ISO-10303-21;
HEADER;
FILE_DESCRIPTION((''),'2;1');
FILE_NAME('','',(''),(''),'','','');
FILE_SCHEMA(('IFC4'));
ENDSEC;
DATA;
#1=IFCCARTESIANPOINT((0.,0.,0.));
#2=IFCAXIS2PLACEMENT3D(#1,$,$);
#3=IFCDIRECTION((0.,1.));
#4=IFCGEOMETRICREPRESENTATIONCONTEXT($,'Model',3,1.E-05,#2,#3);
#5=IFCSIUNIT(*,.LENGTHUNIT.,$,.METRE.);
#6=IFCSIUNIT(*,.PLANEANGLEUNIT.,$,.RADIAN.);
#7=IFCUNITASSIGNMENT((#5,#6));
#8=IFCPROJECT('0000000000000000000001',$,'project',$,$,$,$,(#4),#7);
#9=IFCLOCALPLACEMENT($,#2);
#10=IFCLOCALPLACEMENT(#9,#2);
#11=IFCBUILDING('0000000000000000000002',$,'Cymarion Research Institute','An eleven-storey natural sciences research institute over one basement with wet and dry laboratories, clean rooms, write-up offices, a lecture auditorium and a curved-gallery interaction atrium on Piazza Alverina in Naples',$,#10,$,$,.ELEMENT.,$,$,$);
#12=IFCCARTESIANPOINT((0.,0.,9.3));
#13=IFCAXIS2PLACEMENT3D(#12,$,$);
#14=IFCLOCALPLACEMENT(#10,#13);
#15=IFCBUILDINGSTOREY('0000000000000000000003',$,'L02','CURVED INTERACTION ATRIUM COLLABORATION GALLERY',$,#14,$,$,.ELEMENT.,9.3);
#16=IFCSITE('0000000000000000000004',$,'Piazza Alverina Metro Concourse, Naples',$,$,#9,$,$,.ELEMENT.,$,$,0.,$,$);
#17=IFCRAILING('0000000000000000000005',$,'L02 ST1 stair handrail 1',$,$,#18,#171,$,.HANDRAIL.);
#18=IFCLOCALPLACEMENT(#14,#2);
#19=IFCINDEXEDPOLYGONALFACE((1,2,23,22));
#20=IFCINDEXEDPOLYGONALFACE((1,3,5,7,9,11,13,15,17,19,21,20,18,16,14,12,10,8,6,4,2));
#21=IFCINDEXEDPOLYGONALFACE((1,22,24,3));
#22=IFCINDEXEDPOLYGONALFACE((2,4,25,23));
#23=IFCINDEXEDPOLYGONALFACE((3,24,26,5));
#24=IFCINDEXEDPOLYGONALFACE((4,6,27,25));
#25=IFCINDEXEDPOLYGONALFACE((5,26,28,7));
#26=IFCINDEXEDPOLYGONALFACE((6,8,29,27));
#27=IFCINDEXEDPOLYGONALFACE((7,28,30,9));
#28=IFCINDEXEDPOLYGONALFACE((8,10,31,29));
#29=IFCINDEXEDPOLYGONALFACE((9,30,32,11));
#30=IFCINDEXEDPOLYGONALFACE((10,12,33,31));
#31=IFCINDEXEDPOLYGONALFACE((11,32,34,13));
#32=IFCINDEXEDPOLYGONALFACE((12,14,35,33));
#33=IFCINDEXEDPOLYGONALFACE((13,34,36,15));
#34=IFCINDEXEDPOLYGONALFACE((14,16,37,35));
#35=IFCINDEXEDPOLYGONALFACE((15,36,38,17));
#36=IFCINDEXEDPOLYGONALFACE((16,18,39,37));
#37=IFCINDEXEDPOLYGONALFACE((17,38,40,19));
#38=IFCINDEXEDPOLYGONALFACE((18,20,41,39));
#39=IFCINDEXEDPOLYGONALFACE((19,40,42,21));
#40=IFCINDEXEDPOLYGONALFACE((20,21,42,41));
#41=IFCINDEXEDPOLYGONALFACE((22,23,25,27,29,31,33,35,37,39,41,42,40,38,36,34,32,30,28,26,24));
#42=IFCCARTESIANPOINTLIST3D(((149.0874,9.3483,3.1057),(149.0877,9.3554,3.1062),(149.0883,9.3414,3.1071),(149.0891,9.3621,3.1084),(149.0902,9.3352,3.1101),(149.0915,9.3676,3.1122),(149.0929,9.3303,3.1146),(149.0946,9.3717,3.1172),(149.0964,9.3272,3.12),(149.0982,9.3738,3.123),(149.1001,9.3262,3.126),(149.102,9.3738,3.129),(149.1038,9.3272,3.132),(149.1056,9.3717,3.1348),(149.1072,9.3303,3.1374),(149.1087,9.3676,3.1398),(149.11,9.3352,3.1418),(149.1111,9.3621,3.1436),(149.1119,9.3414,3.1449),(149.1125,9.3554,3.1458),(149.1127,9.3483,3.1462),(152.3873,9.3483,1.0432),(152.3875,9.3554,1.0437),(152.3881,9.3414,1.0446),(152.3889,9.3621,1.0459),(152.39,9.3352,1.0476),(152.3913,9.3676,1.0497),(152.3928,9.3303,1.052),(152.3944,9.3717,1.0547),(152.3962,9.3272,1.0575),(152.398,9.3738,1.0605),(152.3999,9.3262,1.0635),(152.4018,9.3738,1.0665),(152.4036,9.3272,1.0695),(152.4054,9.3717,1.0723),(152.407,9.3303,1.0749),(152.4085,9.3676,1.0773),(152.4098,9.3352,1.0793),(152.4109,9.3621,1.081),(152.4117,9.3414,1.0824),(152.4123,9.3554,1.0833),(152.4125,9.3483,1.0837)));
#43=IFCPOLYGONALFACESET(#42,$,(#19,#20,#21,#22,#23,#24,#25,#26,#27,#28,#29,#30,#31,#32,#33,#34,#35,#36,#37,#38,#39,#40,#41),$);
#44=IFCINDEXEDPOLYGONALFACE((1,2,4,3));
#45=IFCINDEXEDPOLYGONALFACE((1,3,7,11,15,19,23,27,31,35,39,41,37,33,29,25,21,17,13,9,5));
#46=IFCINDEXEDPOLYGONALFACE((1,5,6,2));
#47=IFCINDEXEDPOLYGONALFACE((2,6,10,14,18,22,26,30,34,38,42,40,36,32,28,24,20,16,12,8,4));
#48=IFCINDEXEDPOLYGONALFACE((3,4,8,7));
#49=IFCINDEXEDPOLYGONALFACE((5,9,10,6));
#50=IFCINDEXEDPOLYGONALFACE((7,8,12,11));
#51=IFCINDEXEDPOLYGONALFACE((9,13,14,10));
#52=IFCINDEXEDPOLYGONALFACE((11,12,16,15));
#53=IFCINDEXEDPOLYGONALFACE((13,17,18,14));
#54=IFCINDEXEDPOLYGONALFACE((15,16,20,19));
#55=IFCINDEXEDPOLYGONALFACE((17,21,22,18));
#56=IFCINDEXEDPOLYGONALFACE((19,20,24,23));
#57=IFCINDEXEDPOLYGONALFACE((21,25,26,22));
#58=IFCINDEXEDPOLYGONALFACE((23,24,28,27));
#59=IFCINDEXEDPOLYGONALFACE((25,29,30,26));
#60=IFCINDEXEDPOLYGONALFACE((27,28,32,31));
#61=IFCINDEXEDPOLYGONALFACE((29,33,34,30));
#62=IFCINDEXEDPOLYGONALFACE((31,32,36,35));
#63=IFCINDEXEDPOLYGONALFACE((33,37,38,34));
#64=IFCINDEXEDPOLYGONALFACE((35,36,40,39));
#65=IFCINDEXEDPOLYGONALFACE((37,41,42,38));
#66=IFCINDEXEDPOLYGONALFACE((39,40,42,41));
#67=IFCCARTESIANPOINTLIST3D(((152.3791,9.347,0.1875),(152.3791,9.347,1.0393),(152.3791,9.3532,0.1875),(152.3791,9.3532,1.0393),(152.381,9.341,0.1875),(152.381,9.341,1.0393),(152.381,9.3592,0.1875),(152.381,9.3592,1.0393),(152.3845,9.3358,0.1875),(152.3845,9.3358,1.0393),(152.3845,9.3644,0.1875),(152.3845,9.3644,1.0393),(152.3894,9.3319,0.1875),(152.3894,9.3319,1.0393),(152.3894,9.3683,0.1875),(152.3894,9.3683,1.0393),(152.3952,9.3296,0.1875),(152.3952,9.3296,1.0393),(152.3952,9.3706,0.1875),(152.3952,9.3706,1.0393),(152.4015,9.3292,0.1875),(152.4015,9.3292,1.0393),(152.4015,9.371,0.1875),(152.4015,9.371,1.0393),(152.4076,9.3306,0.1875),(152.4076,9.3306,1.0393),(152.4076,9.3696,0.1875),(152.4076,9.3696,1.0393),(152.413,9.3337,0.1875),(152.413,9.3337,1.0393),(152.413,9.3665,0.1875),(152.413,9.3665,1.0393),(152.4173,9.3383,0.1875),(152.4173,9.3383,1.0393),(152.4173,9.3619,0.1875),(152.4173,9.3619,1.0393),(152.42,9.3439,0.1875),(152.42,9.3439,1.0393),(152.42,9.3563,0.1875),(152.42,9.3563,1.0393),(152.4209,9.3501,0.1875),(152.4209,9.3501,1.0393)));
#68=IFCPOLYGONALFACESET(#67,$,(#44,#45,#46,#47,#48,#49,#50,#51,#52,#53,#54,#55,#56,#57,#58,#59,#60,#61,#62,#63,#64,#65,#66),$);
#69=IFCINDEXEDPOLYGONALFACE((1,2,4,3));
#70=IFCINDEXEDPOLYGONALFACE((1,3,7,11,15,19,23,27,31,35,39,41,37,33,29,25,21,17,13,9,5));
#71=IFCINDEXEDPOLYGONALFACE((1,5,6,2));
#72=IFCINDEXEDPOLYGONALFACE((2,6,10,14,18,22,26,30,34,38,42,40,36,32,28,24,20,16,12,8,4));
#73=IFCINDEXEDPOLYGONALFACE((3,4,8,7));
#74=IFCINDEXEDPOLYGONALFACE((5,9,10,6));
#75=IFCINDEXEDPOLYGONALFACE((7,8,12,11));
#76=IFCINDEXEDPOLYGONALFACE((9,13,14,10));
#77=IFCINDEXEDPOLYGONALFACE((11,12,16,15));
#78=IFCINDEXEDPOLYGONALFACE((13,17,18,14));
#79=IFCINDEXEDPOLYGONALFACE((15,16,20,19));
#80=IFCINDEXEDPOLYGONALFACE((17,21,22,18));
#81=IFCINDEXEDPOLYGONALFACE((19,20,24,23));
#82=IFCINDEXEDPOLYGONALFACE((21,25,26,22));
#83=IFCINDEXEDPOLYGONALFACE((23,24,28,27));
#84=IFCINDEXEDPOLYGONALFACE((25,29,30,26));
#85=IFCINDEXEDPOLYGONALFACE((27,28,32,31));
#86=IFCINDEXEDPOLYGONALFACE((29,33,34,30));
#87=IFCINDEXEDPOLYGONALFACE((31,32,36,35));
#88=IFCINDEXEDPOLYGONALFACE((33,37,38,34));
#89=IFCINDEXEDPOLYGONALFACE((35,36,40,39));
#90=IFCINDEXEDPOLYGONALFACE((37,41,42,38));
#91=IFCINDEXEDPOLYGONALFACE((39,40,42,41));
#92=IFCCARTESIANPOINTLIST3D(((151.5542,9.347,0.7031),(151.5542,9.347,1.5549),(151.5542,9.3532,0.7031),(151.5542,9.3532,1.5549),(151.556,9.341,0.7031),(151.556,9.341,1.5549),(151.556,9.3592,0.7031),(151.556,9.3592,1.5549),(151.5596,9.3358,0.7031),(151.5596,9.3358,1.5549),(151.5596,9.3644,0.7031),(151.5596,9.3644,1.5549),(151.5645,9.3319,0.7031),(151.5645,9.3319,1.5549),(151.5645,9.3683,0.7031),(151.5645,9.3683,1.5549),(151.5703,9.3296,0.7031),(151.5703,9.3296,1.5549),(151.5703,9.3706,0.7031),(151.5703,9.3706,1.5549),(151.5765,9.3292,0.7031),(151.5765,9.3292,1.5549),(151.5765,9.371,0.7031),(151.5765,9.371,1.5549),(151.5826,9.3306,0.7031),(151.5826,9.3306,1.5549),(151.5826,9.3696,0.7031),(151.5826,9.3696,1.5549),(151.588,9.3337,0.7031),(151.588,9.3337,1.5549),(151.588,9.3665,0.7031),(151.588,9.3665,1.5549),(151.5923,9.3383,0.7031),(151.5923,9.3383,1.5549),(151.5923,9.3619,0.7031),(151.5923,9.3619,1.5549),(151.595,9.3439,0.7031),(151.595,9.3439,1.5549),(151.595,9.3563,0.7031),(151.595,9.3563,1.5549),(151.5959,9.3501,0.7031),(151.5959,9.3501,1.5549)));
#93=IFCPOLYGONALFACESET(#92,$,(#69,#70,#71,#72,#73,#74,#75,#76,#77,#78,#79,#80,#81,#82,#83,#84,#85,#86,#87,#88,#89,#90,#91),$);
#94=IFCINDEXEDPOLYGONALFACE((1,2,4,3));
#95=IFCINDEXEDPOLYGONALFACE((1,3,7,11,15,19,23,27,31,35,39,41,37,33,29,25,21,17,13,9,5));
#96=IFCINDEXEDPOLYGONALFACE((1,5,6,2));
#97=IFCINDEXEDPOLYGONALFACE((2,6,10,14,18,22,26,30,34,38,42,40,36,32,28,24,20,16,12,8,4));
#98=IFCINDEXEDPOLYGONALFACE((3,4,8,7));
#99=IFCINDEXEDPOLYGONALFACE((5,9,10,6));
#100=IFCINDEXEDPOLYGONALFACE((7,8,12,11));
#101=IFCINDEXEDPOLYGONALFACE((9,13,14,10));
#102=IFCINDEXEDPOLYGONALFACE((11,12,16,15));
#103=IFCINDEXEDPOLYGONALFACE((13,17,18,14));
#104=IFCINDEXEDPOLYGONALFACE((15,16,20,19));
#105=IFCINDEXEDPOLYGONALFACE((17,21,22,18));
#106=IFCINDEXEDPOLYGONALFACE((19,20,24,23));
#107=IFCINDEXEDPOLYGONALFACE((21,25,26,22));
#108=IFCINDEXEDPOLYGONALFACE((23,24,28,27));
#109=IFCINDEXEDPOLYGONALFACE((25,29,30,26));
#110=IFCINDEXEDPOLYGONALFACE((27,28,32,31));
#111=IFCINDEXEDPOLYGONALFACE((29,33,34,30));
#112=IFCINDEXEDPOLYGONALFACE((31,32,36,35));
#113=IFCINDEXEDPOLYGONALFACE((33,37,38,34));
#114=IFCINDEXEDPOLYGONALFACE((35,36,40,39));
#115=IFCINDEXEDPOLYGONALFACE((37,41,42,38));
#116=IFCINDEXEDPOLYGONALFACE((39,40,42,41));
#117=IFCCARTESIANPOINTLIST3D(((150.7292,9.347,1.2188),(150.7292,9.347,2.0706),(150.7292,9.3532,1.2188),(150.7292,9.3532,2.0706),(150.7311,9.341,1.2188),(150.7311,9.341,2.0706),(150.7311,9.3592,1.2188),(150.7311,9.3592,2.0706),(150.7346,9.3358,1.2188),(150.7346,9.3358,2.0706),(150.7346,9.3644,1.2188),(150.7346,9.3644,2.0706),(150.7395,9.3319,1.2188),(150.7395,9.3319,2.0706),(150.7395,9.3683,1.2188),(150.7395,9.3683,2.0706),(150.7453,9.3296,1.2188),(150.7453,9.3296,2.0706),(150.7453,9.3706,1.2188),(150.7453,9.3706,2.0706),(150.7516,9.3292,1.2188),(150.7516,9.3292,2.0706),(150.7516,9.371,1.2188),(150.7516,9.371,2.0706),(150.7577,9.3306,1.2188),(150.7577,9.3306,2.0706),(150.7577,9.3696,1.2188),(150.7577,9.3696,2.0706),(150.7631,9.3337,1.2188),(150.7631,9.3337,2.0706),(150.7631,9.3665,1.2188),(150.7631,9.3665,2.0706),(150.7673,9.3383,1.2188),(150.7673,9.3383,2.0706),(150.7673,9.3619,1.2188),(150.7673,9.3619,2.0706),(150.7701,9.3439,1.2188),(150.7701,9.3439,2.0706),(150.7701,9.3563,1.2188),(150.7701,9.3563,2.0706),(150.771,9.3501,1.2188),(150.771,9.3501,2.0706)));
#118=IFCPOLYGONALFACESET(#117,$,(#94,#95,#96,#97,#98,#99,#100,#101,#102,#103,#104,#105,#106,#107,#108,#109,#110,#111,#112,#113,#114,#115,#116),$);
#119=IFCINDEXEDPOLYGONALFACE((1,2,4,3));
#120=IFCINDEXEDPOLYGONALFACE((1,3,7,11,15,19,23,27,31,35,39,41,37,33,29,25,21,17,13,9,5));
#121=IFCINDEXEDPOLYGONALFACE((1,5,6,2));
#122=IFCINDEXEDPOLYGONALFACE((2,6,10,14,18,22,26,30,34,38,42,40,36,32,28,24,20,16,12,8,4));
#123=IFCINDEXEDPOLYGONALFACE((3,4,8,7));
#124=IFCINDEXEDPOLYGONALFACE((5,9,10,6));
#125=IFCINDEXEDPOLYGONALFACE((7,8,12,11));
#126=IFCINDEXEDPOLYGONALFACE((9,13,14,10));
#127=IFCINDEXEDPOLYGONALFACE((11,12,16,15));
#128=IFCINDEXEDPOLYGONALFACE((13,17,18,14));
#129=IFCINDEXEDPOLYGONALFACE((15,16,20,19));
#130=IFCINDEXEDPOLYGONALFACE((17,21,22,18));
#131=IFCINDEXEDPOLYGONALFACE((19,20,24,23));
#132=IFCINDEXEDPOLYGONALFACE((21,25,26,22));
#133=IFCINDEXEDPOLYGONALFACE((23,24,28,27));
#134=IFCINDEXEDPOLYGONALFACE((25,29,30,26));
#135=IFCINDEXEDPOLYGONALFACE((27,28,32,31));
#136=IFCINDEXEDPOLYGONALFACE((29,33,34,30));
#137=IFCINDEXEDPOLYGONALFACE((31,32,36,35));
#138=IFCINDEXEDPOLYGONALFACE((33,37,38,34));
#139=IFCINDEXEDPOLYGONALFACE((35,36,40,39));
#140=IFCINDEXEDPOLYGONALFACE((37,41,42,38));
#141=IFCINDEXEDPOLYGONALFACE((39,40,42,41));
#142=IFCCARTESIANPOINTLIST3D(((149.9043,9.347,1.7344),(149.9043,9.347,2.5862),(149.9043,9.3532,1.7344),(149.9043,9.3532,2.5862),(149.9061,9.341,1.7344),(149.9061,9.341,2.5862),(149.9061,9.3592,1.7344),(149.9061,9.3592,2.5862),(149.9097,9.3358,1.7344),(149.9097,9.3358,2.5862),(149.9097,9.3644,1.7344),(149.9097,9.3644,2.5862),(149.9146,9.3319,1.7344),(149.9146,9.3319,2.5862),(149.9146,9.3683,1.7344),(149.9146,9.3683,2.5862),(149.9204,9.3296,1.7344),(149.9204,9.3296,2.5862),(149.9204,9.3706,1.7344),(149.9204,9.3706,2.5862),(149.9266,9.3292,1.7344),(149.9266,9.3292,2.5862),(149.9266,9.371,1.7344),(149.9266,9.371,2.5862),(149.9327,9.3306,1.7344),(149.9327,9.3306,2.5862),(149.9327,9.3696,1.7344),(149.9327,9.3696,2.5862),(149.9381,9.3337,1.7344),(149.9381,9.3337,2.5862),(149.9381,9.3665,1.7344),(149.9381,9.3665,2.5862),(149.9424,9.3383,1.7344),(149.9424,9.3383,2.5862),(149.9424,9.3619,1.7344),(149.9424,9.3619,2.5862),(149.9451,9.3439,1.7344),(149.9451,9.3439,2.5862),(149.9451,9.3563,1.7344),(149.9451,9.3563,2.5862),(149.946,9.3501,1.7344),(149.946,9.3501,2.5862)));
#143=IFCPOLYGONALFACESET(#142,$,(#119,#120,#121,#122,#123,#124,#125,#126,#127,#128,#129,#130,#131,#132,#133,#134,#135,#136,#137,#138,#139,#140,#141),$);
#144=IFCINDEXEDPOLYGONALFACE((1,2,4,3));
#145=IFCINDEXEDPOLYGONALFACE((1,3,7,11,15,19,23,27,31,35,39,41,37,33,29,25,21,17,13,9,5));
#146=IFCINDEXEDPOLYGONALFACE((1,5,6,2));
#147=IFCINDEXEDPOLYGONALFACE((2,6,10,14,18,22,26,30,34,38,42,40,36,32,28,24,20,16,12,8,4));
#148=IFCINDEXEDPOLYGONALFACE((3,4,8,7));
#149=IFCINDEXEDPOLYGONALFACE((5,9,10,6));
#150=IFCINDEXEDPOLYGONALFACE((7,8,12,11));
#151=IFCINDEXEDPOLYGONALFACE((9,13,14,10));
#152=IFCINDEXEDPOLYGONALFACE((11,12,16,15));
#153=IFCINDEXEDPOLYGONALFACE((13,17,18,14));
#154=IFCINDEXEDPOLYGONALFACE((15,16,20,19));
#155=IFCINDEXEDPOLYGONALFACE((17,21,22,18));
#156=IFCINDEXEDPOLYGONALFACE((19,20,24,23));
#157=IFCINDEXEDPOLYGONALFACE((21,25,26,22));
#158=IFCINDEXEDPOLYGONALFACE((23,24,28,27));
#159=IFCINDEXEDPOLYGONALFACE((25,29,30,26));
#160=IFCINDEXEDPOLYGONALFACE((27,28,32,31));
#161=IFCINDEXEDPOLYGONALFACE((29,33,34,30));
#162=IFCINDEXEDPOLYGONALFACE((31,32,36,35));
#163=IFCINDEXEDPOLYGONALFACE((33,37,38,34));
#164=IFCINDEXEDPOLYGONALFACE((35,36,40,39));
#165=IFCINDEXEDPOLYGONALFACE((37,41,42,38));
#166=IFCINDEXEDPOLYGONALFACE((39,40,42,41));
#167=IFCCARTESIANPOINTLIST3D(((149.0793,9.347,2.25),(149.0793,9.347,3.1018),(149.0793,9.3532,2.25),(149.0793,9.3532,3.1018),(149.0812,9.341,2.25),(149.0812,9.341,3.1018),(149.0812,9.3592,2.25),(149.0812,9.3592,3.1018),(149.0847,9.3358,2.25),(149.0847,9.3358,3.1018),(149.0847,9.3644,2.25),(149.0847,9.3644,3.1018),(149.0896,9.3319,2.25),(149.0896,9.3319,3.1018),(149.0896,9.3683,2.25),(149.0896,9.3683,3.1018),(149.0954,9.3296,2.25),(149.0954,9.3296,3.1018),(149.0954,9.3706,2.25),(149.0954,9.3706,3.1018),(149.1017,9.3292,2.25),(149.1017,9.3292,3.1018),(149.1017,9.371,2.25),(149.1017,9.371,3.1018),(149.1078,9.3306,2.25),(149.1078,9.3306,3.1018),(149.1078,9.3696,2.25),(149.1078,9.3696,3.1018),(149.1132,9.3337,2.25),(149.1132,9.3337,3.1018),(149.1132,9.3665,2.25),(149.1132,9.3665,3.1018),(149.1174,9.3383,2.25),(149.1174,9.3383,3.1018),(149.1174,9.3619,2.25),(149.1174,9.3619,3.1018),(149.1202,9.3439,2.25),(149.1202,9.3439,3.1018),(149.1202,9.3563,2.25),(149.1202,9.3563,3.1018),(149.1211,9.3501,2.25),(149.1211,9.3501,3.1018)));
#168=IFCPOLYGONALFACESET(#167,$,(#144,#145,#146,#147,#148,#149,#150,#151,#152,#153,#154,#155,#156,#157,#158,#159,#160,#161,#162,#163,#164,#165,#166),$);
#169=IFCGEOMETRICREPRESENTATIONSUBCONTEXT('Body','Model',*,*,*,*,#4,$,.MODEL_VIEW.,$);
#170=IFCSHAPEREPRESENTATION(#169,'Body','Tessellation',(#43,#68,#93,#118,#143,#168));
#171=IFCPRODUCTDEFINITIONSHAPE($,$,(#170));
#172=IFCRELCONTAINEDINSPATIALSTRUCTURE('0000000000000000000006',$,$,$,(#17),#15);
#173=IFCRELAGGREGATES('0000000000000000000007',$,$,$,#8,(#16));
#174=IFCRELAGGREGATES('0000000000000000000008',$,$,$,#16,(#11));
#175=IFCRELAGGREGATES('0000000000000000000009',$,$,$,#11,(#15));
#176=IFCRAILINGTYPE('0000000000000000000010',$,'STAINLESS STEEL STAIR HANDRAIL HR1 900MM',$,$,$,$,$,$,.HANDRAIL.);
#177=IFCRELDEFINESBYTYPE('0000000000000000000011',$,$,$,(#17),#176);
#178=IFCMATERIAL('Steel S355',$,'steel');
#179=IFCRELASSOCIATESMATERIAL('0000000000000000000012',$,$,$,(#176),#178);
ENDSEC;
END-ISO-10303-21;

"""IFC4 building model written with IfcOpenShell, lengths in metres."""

from ifc_helpers import new_model, si_unit, direction, frame, origin, origin_2d, place, context, subcontext, project, spatial, circle, extrude, material, type_object, element, save


model = new_model("IFC4")

# Units and contexts
model_context = context("Model", 3, precision=1e-05, world=origin(), true_north=direction((0.0, 1.0)))
body_context = subcontext(model_context, "Body", "Model", "MODEL_VIEW")
ifc_project = project(units=[si_unit("LENGTHUNIT", "METRE"), si_unit("PLANEANGLEUNIT", "RADIAN")], contexts=[model_context])

# Site, building, storey
site_placement = place(None, origin())
site = spatial("IfcSite", under=ifc_project, at=site_placement, Name="Piazza Alverina Metro Concourse, Naples", CompositionType="ELEMENT", RefElevation=0.0)
building_placement = place(site_placement, origin())
building = spatial("IfcBuilding", under=site, at=building_placement, Name="Cymarion Research Institute", Description="An eleven-storey natural sciences research institute over one basement with wet and dry laboratories, clean rooms, write-up offices, a lecture auditorium and a curved-gallery interaction atrium on Piazza Alverina in Naples", CompositionType="ELEMENT")
storey_placement = place(building_placement, frame((0.0, 0.0, 9.3)))
storey = spatial("IfcBuildingStorey", under=building, at=storey_placement, Name="L02", Description="CURVED INTERACTION ATRIUM COLLABORATION GALLERY", CompositionType="ELEMENT", Elevation=9.3)

# Shared definitions
ifc_material_1 = material(Name="Steel S355", Category="steel")

# Railing
railing_type_1 = type_object("IfcRailingType", Name="STAINLESS STEEL STAIR HANDRAIL HR1 900MM", PredefinedType="HANDRAIL", material=ifc_material_1)
railing_1_placement = place(storey_placement, frame((152.3999, 9.3501, 0.1875)))
element("IfcRailing", 1, at=railing_1_placement, inside=storey, type_object=railing_type_1, Name="L02 ST1 stair handrail 1", PredefinedType="HANDRAIL", context=body_context, shape_type="SweptSolid", body=[
    extrude(circle(Radius=0.0239, at=origin_2d()), frame((0.0, 0.0, 0.876), z_axis=(-0.847984, 0.0, 0.530021), x_axis=(0.0, -1.0, 0.0)), (0.0, 0.0, 1.0), 3.8914),
    extrude(circle(Radius=0.021, at=origin_2d()), origin(), (0.0, 0.0, 1.0), 0.8518),
    extrude(circle(Radius=0.021, at=origin_2d()), frame((-0.825, 0.0, 0.5156)), (0.0, 0.0, 1.0), 0.8518),
    extrude(circle(Radius=0.021, at=origin_2d()), frame((-1.6499, 0.0, 1.0312)), (0.0, 0.0, 1.0), 0.8518),
    extrude(circle(Radius=0.021, at=origin_2d()), frame((-2.4749, 0.0, 1.5469)), (0.0, 0.0, 1.0), 0.8518),
    extrude(circle(Radius=0.021, at=origin_2d()), frame((-3.2998, 0.0, 2.0625)), (0.0, 0.0, 1.0), 0.8518),
])

save(model, "model.ifc")
